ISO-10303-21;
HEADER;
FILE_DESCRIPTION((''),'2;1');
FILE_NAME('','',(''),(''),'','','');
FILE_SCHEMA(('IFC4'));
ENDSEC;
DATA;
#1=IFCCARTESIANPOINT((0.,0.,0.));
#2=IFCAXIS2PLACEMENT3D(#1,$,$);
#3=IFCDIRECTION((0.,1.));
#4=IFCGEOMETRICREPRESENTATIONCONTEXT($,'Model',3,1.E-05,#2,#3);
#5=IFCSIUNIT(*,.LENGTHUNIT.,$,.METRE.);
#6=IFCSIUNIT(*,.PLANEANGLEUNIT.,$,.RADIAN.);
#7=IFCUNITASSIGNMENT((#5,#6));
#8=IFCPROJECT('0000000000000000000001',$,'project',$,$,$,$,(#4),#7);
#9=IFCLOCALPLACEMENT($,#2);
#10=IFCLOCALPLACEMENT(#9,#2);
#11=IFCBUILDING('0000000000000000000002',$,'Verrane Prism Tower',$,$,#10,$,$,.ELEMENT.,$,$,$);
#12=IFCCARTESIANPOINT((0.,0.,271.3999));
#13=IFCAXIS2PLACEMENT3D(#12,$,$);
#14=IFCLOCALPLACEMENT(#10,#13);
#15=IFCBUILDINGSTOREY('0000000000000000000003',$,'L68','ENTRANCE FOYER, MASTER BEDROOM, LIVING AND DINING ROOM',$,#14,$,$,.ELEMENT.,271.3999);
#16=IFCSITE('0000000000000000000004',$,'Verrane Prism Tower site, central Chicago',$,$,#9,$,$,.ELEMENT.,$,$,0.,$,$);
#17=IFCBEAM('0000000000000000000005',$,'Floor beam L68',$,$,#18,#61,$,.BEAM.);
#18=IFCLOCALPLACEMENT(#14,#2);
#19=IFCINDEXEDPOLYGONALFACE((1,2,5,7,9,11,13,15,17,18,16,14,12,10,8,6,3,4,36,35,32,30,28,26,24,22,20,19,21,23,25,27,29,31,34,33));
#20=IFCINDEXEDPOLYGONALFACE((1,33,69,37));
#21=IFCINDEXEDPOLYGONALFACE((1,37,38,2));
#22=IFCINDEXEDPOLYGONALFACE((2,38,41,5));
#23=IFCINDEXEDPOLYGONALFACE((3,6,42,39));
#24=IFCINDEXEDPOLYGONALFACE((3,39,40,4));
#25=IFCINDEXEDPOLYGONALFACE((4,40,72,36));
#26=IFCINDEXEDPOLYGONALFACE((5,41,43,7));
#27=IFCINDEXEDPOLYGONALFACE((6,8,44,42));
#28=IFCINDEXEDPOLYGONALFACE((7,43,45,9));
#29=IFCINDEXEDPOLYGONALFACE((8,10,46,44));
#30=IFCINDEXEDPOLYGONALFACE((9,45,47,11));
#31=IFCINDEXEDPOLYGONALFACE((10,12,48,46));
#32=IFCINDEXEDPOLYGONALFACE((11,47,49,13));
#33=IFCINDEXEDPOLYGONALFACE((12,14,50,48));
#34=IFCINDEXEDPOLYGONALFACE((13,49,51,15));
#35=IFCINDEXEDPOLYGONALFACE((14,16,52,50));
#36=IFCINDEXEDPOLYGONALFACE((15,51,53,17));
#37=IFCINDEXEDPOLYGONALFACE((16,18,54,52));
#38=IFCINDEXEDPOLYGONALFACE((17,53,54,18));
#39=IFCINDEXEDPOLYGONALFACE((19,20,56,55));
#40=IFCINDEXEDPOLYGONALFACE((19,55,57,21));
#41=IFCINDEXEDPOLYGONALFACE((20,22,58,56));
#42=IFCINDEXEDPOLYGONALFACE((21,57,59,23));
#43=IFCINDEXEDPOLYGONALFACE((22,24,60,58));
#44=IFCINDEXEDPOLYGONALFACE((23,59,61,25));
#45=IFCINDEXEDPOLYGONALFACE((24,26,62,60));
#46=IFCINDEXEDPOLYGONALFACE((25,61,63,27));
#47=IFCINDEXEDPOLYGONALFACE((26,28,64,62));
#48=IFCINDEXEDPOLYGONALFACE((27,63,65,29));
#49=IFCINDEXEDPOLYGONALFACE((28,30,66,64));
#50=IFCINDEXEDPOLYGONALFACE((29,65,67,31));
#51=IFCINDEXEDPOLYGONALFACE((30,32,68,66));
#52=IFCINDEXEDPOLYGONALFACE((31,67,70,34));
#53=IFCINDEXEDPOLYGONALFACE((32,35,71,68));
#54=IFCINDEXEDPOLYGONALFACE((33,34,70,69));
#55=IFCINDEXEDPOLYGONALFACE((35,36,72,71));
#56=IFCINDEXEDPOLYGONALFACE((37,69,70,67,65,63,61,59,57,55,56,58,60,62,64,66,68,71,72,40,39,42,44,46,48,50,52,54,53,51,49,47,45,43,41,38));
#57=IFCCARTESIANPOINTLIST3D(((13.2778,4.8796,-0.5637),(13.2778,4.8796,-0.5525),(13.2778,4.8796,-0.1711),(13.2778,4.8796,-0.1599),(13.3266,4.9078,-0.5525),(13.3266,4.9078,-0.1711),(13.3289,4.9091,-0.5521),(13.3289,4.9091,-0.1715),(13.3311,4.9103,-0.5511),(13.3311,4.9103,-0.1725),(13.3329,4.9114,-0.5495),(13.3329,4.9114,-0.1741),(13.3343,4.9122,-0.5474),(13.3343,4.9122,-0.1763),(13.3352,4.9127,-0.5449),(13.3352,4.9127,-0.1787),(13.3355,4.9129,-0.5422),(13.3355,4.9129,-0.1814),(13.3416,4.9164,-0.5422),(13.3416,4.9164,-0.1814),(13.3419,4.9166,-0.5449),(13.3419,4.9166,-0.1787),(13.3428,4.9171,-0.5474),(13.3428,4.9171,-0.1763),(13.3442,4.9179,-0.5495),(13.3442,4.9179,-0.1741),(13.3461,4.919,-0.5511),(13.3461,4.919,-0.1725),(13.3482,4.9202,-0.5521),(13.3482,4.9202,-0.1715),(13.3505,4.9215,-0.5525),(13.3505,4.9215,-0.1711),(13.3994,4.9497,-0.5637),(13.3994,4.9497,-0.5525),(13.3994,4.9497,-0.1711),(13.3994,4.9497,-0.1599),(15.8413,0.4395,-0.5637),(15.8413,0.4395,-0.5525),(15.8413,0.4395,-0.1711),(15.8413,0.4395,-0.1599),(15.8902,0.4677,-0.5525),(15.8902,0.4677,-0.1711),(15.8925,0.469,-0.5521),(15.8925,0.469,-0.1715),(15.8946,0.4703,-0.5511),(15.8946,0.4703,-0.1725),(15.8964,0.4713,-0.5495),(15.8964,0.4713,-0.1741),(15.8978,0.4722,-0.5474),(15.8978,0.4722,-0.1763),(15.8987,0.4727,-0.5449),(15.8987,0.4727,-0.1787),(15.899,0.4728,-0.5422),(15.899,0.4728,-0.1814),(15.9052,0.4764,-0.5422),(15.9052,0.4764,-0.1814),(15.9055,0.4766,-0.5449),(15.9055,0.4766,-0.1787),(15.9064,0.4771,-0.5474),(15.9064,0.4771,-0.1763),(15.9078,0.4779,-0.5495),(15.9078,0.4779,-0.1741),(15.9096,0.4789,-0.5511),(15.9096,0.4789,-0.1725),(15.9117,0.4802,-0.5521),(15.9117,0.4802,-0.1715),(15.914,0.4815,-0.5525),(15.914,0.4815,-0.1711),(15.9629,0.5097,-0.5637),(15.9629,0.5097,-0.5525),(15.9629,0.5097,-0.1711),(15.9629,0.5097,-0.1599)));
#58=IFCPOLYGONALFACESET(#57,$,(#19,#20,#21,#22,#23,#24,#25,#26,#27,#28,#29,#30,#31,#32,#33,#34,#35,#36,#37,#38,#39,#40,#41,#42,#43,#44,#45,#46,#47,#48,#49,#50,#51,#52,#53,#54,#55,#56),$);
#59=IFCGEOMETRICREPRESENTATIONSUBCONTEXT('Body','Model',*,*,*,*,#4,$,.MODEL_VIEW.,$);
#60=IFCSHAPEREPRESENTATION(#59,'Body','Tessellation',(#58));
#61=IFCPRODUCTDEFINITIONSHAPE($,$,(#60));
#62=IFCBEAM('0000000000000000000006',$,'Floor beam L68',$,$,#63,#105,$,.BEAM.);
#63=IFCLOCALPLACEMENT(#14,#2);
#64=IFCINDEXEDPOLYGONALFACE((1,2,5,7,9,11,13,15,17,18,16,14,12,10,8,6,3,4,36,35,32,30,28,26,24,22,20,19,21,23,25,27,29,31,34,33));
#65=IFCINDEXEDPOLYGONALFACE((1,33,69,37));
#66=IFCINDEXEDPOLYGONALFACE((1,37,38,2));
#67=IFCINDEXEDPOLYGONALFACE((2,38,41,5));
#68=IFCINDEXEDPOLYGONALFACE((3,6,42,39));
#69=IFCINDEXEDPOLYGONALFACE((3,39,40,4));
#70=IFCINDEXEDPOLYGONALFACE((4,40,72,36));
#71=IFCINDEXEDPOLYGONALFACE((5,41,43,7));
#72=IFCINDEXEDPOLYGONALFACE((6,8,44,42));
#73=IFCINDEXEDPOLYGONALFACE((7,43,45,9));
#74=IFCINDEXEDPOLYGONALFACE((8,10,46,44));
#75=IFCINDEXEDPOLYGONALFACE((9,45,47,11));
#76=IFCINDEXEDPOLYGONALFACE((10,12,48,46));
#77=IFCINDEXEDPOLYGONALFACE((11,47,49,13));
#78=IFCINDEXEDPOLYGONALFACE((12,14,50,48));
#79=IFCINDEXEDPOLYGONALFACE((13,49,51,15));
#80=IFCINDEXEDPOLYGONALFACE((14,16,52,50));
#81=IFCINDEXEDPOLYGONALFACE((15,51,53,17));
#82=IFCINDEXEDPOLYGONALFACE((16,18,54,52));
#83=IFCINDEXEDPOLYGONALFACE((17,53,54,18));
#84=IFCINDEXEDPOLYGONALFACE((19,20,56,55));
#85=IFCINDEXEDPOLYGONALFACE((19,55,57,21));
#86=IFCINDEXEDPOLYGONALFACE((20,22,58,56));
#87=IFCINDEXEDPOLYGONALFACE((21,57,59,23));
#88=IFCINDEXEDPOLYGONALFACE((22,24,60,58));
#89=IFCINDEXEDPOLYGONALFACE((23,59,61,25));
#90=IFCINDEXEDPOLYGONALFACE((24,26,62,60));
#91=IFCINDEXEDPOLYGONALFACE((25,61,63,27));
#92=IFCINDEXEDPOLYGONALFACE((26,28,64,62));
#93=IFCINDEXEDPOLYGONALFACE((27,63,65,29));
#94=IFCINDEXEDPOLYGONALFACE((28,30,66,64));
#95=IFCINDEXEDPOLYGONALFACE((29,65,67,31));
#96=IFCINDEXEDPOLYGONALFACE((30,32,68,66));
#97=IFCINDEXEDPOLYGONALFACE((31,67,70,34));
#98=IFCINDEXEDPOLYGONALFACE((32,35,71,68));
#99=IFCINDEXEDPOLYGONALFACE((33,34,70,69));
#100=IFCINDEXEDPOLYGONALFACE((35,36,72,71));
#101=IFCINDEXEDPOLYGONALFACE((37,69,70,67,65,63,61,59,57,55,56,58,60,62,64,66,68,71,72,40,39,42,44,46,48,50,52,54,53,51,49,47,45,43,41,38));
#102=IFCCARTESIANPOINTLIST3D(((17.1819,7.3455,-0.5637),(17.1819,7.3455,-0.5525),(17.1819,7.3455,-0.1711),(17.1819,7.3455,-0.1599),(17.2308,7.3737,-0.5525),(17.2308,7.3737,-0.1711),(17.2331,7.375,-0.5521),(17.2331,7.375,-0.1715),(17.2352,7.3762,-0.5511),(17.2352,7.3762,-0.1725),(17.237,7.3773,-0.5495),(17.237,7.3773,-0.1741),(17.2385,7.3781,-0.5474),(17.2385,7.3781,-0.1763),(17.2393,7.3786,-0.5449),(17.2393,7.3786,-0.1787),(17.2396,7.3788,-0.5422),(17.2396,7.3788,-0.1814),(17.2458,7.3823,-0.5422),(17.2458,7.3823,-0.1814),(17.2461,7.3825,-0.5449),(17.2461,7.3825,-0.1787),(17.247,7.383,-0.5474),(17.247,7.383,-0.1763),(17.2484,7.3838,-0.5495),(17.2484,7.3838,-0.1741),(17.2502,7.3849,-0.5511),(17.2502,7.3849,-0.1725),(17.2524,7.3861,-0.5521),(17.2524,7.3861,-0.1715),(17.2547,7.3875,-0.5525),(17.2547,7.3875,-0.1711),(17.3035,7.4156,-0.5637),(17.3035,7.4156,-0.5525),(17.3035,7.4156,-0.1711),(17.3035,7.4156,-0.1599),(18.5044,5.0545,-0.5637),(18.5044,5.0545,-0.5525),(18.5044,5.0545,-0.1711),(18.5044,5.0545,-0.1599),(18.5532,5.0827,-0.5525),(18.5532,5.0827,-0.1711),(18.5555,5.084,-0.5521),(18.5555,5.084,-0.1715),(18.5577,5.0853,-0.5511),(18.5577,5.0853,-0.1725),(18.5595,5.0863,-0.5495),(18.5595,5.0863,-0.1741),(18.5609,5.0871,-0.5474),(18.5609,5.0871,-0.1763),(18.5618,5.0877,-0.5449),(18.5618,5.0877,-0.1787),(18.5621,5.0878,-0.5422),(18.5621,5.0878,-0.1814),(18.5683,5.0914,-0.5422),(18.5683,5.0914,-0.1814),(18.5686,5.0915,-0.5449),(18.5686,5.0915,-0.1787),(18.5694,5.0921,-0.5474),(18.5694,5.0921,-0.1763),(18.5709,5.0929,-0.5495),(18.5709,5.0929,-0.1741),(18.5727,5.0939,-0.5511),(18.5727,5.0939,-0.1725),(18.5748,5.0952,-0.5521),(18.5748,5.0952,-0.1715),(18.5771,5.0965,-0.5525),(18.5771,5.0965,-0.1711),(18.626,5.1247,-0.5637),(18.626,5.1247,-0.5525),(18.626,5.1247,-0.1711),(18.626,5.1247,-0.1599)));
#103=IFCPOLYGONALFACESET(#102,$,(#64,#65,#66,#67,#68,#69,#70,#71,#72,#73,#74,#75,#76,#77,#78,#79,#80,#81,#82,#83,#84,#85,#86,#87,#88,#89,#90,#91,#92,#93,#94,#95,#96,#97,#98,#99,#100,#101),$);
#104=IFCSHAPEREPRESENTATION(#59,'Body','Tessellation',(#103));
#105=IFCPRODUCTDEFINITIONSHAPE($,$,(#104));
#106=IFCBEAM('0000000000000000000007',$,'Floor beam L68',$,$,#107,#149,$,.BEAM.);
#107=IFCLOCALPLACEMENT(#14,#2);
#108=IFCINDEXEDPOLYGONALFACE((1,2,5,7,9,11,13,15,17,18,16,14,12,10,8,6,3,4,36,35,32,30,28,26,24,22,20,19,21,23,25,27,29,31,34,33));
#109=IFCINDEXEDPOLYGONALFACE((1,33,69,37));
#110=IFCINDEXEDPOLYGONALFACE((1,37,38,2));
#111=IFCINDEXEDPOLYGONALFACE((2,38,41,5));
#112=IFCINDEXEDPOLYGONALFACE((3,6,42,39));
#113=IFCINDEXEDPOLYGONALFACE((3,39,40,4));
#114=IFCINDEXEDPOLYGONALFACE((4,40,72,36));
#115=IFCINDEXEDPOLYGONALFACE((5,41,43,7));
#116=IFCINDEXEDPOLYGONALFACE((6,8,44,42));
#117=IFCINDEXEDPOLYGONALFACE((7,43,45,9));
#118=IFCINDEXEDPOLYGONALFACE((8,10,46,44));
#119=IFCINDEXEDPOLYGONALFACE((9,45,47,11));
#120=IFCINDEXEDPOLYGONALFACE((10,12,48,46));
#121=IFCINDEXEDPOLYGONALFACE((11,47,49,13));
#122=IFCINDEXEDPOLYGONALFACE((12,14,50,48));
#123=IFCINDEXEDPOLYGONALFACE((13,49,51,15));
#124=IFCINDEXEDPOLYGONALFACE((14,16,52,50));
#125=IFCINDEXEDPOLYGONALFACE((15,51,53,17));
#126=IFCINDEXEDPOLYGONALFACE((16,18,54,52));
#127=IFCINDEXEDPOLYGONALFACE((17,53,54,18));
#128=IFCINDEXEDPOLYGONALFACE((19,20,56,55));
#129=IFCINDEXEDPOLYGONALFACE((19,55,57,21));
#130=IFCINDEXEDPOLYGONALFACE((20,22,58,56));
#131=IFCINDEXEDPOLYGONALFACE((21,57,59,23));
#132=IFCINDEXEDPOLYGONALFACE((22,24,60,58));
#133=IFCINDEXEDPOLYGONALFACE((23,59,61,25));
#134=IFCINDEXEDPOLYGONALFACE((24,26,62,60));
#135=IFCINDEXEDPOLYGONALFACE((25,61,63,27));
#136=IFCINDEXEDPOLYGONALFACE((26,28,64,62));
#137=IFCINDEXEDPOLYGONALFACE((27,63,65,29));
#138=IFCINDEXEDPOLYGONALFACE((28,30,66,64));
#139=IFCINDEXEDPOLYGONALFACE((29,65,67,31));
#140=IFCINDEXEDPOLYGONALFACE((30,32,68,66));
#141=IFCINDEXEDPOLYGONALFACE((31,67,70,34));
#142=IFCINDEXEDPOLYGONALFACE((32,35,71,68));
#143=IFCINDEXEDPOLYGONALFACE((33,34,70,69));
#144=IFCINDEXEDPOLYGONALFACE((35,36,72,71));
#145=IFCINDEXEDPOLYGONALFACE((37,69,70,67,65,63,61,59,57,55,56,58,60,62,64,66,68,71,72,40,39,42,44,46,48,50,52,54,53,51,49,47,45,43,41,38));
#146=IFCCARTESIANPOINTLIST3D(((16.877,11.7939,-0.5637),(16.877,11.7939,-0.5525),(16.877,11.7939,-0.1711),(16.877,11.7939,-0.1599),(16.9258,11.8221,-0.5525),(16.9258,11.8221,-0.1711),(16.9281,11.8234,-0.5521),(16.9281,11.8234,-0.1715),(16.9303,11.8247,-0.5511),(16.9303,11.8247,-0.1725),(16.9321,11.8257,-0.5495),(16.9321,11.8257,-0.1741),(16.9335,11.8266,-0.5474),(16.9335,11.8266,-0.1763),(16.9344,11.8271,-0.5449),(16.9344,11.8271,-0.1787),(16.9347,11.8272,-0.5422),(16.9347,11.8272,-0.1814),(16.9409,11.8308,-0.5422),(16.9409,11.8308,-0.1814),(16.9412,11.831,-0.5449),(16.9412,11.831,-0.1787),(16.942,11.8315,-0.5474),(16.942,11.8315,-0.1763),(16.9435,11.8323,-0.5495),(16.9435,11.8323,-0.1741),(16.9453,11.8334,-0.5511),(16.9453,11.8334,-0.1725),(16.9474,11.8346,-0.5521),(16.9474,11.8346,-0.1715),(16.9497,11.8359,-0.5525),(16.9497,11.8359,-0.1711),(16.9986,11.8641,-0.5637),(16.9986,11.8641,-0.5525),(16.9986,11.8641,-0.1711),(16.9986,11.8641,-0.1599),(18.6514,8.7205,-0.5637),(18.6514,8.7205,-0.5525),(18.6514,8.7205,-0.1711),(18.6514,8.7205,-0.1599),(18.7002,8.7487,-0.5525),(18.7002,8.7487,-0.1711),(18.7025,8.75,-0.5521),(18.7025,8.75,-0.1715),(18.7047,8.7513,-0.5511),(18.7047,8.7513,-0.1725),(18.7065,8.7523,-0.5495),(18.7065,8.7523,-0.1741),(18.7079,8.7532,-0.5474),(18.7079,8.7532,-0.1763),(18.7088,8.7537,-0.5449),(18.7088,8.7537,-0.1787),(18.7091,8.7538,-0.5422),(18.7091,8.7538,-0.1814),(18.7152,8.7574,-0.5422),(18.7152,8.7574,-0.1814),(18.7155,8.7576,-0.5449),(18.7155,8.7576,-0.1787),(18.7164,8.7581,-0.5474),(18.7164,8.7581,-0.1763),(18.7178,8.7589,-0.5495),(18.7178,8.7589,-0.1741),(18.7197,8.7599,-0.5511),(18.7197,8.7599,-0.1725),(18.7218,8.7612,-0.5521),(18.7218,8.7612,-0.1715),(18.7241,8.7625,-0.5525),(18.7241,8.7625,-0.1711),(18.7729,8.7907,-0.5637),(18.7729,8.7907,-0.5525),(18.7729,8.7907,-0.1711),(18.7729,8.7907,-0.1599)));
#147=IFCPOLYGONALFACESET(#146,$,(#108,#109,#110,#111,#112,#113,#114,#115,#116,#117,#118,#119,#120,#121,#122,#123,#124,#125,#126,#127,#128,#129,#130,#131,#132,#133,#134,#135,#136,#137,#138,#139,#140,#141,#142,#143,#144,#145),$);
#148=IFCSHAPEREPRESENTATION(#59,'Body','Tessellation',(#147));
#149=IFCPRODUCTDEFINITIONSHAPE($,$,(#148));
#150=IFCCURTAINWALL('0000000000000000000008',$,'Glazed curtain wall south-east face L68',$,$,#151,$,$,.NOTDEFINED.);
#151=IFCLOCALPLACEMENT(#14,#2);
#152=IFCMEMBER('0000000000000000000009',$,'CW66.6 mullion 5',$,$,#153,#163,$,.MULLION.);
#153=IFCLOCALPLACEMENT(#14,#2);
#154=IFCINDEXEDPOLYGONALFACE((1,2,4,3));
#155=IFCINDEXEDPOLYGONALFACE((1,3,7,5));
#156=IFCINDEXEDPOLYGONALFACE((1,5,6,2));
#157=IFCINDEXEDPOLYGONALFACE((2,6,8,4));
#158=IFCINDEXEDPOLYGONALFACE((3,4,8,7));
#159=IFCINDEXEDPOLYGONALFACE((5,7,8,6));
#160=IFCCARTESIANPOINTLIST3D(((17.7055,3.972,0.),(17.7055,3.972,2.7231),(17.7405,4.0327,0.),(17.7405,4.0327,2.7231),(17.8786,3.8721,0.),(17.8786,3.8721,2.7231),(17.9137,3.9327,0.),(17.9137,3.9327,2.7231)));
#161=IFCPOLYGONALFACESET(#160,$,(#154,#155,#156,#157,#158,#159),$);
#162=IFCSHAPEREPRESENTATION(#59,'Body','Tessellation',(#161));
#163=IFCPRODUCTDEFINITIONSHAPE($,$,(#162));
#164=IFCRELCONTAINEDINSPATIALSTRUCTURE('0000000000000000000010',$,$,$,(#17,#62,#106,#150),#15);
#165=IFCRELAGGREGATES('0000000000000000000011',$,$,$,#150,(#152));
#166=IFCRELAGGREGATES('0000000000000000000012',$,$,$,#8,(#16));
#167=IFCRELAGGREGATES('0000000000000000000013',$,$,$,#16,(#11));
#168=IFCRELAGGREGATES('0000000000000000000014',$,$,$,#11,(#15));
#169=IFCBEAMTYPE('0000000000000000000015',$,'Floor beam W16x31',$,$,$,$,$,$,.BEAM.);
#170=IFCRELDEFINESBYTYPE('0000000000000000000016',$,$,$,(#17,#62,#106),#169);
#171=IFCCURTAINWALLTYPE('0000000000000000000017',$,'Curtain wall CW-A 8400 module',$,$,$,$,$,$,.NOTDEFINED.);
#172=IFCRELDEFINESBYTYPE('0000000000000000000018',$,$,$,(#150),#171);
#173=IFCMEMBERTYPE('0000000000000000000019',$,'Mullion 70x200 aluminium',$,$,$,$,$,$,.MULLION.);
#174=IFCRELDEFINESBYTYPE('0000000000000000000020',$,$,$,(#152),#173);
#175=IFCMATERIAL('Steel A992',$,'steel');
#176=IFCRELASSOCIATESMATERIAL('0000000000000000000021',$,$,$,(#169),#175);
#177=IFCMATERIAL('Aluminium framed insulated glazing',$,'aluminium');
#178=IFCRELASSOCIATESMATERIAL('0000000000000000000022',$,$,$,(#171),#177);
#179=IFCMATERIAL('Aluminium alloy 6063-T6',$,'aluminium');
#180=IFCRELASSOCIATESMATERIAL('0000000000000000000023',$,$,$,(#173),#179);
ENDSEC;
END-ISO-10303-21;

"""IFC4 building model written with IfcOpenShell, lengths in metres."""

from ifc_helpers import new_model, si_unit, direction, frame, origin, origin_2d, place, context, subcontext, project, spatial, rectangle, i_section, extrude, material, material_profile, profile_set, type_object, element, aggregate, save


model = new_model("IFC4")

# Units and contexts
model_context = context("Model", 3, precision=1e-05, world=origin(), true_north=direction((0.0, 1.0)))
body_context = subcontext(model_context, "Body", "Model", "MODEL_VIEW")
ifc_project = project(units=[si_unit("LENGTHUNIT", "METRE"), si_unit("PLANEANGLEUNIT", "RADIAN")], contexts=[model_context])

# Site, building, storey
site_placement = place(None, origin())
site = spatial("IfcSite", under=ifc_project, at=site_placement, Name="Verrane Prism Tower site, central Chicago", CompositionType="ELEMENT", RefElevation=0.0)
building_placement = place(site_placement, origin())
building = spatial("IfcBuilding", under=site, at=building_placement, Name="Verrane Prism Tower", CompositionType="ELEMENT")
storey_placement = place(building_placement, frame((0.0, 0.0, 271.3999)))
storey = spatial("IfcBuildingStorey", under=building, at=storey_placement, Name="L68", Description="ENTRANCE FOYER, MASTER BEDROOM, LIVING AND DINING ROOM", CompositionType="ELEMENT", Elevation=271.3999)

# Beams
ifc_material_1 = material(Name="Steel A992", Category="steel")
ifc_material_profile_1 = material_profile(ifc_material_1, i_section(OverallWidth=0.1404, OverallDepth=0.4038, WebThickness=0.0071, FlangeThickness=0.0112, FilletRadius=0.0103, at=origin_2d()), Name="W16x31")
ifc_profile_set_1 = profile_set([ifc_material_profile_1], Name="Steel A992")
beam_type_1 = type_object("IfcBeamType", Name="Floor beam W16x31", PredefinedType="BEAM", material=ifc_profile_set_1)
beam_1_placement = place(storey_placement, frame((15.9021, 0.4746, -0.3618), z_axis=(-0.500011, 0.866019, 0.0), x_axis=(-0.866019, -0.500011, 0.0)))
element("IfcBeam", 1, at=beam_1_placement, inside=storey, type_object=beam_type_1, Name="Floor beam L68", PredefinedType="BEAM", context=body_context, shape_type="SweptSolid", body=[
    extrude(i_section(OverallWidth=0.1404, OverallDepth=0.4038, WebThickness=0.0071, FlangeThickness=0.0112, FilletRadius=0.0103, at=origin_2d()), origin(), (0.0, 0.0, 1.0), 5.127),
])
beam_2_placement = place(storey_placement, frame((18.5652, 5.0896, -0.3618), z_axis=(-0.499941, 0.86606, 0.0), x_axis=(-0.86606, -0.499941, 0.0)))
element("IfcBeam", 2, at=beam_2_placement, inside=storey, type_object=beam_type_1, Name="Floor beam L68", PredefinedType="BEAM", context=body_context, shape_type="SweptSolid", body=[
    extrude(i_section(OverallWidth=0.1404, OverallDepth=0.4038, WebThickness=0.0071, FlangeThickness=0.0112, FilletRadius=0.0103, at=origin_2d()), origin(), (0.0, 0.0, 1.0), 2.6453),
])
beam_3_placement = place(storey_placement, frame((18.7122, 8.7556, -0.3618), z_axis=(-0.499986, 0.866033, 0.0), x_axis=(-0.866033, -0.499986, 0.0)))
element("IfcBeam", 3, at=beam_3_placement, inside=storey, type_object=beam_type_1, Name="Floor beam L68", PredefinedType="BEAM", context=body_context, shape_type="SweptSolid", body=[
    extrude(i_section(OverallWidth=0.1404, OverallDepth=0.4038, WebThickness=0.0071, FlangeThickness=0.0112, FilletRadius=0.0103, at=origin_2d()), origin(), (0.0, 0.0, 1.0), 3.5488),
])

# Curtain wall, member
ifc_material_2 = material(Name="Aluminium framed insulated glazing", Category="aluminium")
curtain_wall_type = type_object("IfcCurtainWallType", Name="Curtain wall CW-A 8400 module", PredefinedType="NOTDEFINED", material=ifc_material_2)
curtain_wall_placement = place(storey_placement, origin())
curtain_wall = element("IfcCurtainWall", 4, at=curtain_wall_placement, inside=storey, type_object=curtain_wall_type, Name="Glazed curtain wall south-east face L68", PredefinedType="NOTDEFINED")
ifc_material_3 = material(Name="Aluminium alloy 6063-T6", Category="aluminium")
ifc_material_profile_2 = material_profile(ifc_material_3, rectangle(XDim=0.2, YDim=0.0701, at=origin_2d()), Name="Mullion 70x200 aluminium")
ifc_profile_set_2 = profile_set([ifc_material_profile_2], Name="Aluminium alloy 6063-T6")
member_type_1 = type_object("IfcMemberType", Name="Mullion 70x200 aluminium", PredefinedType="MULLION", material=ifc_profile_set_2)
member_1_placement = place(storey_placement, frame((17.8096, 3.9524, 0.0), z_axis=(0.0, 0.0, 1.0), x_axis=(-0.866025, 0.500001, 0.0)))
member_1 = element("IfcMember", 5, at=member_1_placement, type_object=member_type_1, Name="CW66.6 mullion 5", PredefinedType="MULLION", context=body_context, shape_type="SweptSolid", body=[
    extrude(rectangle(XDim=0.2, YDim=0.0701, at=origin_2d()), origin(), (0.0, 0.0, 1.0), 2.7231),
])

aggregate(curtain_wall, [member_1])

save(model, "model.ifc")
